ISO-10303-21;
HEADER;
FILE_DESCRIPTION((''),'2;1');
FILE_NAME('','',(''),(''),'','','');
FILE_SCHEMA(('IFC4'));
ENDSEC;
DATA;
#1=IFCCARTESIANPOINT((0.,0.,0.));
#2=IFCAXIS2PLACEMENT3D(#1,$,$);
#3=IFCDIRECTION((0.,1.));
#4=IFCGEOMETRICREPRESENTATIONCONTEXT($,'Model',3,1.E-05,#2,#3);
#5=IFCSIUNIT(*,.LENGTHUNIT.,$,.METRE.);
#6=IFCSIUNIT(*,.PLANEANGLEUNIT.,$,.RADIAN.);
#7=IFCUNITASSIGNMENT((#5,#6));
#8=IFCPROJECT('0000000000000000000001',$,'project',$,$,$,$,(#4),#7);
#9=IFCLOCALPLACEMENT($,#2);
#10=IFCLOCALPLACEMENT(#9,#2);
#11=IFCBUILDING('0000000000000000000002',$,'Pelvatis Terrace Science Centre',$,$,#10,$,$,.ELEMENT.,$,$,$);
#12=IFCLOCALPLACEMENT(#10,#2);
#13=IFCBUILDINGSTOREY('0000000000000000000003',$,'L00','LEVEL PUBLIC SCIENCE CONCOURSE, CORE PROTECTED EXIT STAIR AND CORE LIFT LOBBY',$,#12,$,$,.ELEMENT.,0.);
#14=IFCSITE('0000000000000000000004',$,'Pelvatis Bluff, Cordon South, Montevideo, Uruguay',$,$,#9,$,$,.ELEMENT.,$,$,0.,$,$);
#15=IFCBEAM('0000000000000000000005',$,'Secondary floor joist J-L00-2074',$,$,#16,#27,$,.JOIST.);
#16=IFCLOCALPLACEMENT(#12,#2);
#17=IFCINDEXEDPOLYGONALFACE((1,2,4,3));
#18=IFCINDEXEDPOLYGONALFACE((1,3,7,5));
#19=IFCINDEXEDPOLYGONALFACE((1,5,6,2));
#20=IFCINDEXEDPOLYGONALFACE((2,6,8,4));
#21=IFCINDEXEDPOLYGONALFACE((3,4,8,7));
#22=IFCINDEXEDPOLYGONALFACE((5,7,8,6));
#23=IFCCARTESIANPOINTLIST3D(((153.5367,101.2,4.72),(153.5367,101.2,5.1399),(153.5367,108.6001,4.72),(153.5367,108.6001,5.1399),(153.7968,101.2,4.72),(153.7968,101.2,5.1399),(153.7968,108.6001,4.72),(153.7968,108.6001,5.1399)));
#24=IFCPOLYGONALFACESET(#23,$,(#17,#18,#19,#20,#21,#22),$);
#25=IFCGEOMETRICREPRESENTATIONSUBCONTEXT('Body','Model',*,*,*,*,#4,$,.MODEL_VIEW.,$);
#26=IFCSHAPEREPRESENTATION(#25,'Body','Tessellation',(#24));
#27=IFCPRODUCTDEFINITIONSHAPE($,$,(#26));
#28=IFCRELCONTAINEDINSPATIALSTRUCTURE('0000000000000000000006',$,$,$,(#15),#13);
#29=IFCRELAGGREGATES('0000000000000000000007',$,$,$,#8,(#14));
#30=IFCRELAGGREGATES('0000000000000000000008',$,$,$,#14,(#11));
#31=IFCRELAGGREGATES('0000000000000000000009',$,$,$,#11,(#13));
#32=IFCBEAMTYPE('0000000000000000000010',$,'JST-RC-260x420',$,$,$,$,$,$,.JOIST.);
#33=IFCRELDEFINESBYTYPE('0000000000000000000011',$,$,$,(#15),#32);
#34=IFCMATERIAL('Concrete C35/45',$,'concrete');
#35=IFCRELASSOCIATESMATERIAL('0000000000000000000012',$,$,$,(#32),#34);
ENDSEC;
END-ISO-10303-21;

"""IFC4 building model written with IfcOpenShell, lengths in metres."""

from ifc_helpers import new_model, si_unit, direction, frame, origin, origin_2d, place, context, subcontext, project, spatial, rectangle, extrude, material, material_profile, profile_set, type_object, element, save


model = new_model("IFC4")

# Units and contexts
model_context = context("Model", 3, precision=1e-05, world=origin(), true_north=direction((0.0, 1.0)))
body_context = subcontext(model_context, "Body", "Model", "MODEL_VIEW")
ifc_project = project(units=[si_unit("LENGTHUNIT", "METRE"), si_unit("PLANEANGLEUNIT", "RADIAN")], contexts=[model_context])

# Site, building, storey
site_placement = place(None, origin())
site = spatial("IfcSite", under=ifc_project, at=site_placement, Name="Pelvatis Bluff, Cordon South, Montevideo, Uruguay", CompositionType="ELEMENT", RefElevation=0.0)
building_placement = place(site_placement, origin())
building = spatial("IfcBuilding", under=site, at=building_placement, Name="Pelvatis Terrace Science Centre", CompositionType="ELEMENT")
storey_placement = place(building_placement, origin())
storey = spatial("IfcBuildingStorey", under=building, at=storey_placement, Name="L00", Description="LEVEL PUBLIC SCIENCE CONCOURSE, CORE PROTECTED EXIT STAIR AND CORE LIFT LOBBY", CompositionType="ELEMENT", Elevation=0.0)

# Beam
ifc_material_1 = material(Name="Concrete C35/45", Category="concrete")
ifc_material_profile_1 = material_profile(ifc_material_1, rectangle(XDim=0.26, YDim=0.4199, at=origin_2d()), Name="RC-JST 260x420")
ifc_profile_set_1 = profile_set([ifc_material_profile_1], Name="Concrete C35/45")
beam_type_1 = type_object("IfcBeamType", Name="JST-RC-260x420", PredefinedType="JOIST", material=ifc_profile_set_1)
for number, where, z_axis, x_axis, name in (
    (1, (153.6667, 101.2, 4.9299), (0.0, 1.0, 0.0), (-1.0, 0.0, 0.0), "Secondary floor joist J-L00-2074"),
):
    element("IfcBeam", number, at=place(storey_placement, frame(where, z_axis=z_axis, x_axis=x_axis)), inside=storey, type_object=beam_type_1, Name=name, PredefinedType="JOIST", context=body_context, shape_type="SweptSolid", body=[
        extrude(rectangle(XDim=0.26, YDim=0.4199, at=origin_2d()), origin(), (0.0, 0.0, 1.0), 7.4001),
    ])

save(model, "model.ifc")
